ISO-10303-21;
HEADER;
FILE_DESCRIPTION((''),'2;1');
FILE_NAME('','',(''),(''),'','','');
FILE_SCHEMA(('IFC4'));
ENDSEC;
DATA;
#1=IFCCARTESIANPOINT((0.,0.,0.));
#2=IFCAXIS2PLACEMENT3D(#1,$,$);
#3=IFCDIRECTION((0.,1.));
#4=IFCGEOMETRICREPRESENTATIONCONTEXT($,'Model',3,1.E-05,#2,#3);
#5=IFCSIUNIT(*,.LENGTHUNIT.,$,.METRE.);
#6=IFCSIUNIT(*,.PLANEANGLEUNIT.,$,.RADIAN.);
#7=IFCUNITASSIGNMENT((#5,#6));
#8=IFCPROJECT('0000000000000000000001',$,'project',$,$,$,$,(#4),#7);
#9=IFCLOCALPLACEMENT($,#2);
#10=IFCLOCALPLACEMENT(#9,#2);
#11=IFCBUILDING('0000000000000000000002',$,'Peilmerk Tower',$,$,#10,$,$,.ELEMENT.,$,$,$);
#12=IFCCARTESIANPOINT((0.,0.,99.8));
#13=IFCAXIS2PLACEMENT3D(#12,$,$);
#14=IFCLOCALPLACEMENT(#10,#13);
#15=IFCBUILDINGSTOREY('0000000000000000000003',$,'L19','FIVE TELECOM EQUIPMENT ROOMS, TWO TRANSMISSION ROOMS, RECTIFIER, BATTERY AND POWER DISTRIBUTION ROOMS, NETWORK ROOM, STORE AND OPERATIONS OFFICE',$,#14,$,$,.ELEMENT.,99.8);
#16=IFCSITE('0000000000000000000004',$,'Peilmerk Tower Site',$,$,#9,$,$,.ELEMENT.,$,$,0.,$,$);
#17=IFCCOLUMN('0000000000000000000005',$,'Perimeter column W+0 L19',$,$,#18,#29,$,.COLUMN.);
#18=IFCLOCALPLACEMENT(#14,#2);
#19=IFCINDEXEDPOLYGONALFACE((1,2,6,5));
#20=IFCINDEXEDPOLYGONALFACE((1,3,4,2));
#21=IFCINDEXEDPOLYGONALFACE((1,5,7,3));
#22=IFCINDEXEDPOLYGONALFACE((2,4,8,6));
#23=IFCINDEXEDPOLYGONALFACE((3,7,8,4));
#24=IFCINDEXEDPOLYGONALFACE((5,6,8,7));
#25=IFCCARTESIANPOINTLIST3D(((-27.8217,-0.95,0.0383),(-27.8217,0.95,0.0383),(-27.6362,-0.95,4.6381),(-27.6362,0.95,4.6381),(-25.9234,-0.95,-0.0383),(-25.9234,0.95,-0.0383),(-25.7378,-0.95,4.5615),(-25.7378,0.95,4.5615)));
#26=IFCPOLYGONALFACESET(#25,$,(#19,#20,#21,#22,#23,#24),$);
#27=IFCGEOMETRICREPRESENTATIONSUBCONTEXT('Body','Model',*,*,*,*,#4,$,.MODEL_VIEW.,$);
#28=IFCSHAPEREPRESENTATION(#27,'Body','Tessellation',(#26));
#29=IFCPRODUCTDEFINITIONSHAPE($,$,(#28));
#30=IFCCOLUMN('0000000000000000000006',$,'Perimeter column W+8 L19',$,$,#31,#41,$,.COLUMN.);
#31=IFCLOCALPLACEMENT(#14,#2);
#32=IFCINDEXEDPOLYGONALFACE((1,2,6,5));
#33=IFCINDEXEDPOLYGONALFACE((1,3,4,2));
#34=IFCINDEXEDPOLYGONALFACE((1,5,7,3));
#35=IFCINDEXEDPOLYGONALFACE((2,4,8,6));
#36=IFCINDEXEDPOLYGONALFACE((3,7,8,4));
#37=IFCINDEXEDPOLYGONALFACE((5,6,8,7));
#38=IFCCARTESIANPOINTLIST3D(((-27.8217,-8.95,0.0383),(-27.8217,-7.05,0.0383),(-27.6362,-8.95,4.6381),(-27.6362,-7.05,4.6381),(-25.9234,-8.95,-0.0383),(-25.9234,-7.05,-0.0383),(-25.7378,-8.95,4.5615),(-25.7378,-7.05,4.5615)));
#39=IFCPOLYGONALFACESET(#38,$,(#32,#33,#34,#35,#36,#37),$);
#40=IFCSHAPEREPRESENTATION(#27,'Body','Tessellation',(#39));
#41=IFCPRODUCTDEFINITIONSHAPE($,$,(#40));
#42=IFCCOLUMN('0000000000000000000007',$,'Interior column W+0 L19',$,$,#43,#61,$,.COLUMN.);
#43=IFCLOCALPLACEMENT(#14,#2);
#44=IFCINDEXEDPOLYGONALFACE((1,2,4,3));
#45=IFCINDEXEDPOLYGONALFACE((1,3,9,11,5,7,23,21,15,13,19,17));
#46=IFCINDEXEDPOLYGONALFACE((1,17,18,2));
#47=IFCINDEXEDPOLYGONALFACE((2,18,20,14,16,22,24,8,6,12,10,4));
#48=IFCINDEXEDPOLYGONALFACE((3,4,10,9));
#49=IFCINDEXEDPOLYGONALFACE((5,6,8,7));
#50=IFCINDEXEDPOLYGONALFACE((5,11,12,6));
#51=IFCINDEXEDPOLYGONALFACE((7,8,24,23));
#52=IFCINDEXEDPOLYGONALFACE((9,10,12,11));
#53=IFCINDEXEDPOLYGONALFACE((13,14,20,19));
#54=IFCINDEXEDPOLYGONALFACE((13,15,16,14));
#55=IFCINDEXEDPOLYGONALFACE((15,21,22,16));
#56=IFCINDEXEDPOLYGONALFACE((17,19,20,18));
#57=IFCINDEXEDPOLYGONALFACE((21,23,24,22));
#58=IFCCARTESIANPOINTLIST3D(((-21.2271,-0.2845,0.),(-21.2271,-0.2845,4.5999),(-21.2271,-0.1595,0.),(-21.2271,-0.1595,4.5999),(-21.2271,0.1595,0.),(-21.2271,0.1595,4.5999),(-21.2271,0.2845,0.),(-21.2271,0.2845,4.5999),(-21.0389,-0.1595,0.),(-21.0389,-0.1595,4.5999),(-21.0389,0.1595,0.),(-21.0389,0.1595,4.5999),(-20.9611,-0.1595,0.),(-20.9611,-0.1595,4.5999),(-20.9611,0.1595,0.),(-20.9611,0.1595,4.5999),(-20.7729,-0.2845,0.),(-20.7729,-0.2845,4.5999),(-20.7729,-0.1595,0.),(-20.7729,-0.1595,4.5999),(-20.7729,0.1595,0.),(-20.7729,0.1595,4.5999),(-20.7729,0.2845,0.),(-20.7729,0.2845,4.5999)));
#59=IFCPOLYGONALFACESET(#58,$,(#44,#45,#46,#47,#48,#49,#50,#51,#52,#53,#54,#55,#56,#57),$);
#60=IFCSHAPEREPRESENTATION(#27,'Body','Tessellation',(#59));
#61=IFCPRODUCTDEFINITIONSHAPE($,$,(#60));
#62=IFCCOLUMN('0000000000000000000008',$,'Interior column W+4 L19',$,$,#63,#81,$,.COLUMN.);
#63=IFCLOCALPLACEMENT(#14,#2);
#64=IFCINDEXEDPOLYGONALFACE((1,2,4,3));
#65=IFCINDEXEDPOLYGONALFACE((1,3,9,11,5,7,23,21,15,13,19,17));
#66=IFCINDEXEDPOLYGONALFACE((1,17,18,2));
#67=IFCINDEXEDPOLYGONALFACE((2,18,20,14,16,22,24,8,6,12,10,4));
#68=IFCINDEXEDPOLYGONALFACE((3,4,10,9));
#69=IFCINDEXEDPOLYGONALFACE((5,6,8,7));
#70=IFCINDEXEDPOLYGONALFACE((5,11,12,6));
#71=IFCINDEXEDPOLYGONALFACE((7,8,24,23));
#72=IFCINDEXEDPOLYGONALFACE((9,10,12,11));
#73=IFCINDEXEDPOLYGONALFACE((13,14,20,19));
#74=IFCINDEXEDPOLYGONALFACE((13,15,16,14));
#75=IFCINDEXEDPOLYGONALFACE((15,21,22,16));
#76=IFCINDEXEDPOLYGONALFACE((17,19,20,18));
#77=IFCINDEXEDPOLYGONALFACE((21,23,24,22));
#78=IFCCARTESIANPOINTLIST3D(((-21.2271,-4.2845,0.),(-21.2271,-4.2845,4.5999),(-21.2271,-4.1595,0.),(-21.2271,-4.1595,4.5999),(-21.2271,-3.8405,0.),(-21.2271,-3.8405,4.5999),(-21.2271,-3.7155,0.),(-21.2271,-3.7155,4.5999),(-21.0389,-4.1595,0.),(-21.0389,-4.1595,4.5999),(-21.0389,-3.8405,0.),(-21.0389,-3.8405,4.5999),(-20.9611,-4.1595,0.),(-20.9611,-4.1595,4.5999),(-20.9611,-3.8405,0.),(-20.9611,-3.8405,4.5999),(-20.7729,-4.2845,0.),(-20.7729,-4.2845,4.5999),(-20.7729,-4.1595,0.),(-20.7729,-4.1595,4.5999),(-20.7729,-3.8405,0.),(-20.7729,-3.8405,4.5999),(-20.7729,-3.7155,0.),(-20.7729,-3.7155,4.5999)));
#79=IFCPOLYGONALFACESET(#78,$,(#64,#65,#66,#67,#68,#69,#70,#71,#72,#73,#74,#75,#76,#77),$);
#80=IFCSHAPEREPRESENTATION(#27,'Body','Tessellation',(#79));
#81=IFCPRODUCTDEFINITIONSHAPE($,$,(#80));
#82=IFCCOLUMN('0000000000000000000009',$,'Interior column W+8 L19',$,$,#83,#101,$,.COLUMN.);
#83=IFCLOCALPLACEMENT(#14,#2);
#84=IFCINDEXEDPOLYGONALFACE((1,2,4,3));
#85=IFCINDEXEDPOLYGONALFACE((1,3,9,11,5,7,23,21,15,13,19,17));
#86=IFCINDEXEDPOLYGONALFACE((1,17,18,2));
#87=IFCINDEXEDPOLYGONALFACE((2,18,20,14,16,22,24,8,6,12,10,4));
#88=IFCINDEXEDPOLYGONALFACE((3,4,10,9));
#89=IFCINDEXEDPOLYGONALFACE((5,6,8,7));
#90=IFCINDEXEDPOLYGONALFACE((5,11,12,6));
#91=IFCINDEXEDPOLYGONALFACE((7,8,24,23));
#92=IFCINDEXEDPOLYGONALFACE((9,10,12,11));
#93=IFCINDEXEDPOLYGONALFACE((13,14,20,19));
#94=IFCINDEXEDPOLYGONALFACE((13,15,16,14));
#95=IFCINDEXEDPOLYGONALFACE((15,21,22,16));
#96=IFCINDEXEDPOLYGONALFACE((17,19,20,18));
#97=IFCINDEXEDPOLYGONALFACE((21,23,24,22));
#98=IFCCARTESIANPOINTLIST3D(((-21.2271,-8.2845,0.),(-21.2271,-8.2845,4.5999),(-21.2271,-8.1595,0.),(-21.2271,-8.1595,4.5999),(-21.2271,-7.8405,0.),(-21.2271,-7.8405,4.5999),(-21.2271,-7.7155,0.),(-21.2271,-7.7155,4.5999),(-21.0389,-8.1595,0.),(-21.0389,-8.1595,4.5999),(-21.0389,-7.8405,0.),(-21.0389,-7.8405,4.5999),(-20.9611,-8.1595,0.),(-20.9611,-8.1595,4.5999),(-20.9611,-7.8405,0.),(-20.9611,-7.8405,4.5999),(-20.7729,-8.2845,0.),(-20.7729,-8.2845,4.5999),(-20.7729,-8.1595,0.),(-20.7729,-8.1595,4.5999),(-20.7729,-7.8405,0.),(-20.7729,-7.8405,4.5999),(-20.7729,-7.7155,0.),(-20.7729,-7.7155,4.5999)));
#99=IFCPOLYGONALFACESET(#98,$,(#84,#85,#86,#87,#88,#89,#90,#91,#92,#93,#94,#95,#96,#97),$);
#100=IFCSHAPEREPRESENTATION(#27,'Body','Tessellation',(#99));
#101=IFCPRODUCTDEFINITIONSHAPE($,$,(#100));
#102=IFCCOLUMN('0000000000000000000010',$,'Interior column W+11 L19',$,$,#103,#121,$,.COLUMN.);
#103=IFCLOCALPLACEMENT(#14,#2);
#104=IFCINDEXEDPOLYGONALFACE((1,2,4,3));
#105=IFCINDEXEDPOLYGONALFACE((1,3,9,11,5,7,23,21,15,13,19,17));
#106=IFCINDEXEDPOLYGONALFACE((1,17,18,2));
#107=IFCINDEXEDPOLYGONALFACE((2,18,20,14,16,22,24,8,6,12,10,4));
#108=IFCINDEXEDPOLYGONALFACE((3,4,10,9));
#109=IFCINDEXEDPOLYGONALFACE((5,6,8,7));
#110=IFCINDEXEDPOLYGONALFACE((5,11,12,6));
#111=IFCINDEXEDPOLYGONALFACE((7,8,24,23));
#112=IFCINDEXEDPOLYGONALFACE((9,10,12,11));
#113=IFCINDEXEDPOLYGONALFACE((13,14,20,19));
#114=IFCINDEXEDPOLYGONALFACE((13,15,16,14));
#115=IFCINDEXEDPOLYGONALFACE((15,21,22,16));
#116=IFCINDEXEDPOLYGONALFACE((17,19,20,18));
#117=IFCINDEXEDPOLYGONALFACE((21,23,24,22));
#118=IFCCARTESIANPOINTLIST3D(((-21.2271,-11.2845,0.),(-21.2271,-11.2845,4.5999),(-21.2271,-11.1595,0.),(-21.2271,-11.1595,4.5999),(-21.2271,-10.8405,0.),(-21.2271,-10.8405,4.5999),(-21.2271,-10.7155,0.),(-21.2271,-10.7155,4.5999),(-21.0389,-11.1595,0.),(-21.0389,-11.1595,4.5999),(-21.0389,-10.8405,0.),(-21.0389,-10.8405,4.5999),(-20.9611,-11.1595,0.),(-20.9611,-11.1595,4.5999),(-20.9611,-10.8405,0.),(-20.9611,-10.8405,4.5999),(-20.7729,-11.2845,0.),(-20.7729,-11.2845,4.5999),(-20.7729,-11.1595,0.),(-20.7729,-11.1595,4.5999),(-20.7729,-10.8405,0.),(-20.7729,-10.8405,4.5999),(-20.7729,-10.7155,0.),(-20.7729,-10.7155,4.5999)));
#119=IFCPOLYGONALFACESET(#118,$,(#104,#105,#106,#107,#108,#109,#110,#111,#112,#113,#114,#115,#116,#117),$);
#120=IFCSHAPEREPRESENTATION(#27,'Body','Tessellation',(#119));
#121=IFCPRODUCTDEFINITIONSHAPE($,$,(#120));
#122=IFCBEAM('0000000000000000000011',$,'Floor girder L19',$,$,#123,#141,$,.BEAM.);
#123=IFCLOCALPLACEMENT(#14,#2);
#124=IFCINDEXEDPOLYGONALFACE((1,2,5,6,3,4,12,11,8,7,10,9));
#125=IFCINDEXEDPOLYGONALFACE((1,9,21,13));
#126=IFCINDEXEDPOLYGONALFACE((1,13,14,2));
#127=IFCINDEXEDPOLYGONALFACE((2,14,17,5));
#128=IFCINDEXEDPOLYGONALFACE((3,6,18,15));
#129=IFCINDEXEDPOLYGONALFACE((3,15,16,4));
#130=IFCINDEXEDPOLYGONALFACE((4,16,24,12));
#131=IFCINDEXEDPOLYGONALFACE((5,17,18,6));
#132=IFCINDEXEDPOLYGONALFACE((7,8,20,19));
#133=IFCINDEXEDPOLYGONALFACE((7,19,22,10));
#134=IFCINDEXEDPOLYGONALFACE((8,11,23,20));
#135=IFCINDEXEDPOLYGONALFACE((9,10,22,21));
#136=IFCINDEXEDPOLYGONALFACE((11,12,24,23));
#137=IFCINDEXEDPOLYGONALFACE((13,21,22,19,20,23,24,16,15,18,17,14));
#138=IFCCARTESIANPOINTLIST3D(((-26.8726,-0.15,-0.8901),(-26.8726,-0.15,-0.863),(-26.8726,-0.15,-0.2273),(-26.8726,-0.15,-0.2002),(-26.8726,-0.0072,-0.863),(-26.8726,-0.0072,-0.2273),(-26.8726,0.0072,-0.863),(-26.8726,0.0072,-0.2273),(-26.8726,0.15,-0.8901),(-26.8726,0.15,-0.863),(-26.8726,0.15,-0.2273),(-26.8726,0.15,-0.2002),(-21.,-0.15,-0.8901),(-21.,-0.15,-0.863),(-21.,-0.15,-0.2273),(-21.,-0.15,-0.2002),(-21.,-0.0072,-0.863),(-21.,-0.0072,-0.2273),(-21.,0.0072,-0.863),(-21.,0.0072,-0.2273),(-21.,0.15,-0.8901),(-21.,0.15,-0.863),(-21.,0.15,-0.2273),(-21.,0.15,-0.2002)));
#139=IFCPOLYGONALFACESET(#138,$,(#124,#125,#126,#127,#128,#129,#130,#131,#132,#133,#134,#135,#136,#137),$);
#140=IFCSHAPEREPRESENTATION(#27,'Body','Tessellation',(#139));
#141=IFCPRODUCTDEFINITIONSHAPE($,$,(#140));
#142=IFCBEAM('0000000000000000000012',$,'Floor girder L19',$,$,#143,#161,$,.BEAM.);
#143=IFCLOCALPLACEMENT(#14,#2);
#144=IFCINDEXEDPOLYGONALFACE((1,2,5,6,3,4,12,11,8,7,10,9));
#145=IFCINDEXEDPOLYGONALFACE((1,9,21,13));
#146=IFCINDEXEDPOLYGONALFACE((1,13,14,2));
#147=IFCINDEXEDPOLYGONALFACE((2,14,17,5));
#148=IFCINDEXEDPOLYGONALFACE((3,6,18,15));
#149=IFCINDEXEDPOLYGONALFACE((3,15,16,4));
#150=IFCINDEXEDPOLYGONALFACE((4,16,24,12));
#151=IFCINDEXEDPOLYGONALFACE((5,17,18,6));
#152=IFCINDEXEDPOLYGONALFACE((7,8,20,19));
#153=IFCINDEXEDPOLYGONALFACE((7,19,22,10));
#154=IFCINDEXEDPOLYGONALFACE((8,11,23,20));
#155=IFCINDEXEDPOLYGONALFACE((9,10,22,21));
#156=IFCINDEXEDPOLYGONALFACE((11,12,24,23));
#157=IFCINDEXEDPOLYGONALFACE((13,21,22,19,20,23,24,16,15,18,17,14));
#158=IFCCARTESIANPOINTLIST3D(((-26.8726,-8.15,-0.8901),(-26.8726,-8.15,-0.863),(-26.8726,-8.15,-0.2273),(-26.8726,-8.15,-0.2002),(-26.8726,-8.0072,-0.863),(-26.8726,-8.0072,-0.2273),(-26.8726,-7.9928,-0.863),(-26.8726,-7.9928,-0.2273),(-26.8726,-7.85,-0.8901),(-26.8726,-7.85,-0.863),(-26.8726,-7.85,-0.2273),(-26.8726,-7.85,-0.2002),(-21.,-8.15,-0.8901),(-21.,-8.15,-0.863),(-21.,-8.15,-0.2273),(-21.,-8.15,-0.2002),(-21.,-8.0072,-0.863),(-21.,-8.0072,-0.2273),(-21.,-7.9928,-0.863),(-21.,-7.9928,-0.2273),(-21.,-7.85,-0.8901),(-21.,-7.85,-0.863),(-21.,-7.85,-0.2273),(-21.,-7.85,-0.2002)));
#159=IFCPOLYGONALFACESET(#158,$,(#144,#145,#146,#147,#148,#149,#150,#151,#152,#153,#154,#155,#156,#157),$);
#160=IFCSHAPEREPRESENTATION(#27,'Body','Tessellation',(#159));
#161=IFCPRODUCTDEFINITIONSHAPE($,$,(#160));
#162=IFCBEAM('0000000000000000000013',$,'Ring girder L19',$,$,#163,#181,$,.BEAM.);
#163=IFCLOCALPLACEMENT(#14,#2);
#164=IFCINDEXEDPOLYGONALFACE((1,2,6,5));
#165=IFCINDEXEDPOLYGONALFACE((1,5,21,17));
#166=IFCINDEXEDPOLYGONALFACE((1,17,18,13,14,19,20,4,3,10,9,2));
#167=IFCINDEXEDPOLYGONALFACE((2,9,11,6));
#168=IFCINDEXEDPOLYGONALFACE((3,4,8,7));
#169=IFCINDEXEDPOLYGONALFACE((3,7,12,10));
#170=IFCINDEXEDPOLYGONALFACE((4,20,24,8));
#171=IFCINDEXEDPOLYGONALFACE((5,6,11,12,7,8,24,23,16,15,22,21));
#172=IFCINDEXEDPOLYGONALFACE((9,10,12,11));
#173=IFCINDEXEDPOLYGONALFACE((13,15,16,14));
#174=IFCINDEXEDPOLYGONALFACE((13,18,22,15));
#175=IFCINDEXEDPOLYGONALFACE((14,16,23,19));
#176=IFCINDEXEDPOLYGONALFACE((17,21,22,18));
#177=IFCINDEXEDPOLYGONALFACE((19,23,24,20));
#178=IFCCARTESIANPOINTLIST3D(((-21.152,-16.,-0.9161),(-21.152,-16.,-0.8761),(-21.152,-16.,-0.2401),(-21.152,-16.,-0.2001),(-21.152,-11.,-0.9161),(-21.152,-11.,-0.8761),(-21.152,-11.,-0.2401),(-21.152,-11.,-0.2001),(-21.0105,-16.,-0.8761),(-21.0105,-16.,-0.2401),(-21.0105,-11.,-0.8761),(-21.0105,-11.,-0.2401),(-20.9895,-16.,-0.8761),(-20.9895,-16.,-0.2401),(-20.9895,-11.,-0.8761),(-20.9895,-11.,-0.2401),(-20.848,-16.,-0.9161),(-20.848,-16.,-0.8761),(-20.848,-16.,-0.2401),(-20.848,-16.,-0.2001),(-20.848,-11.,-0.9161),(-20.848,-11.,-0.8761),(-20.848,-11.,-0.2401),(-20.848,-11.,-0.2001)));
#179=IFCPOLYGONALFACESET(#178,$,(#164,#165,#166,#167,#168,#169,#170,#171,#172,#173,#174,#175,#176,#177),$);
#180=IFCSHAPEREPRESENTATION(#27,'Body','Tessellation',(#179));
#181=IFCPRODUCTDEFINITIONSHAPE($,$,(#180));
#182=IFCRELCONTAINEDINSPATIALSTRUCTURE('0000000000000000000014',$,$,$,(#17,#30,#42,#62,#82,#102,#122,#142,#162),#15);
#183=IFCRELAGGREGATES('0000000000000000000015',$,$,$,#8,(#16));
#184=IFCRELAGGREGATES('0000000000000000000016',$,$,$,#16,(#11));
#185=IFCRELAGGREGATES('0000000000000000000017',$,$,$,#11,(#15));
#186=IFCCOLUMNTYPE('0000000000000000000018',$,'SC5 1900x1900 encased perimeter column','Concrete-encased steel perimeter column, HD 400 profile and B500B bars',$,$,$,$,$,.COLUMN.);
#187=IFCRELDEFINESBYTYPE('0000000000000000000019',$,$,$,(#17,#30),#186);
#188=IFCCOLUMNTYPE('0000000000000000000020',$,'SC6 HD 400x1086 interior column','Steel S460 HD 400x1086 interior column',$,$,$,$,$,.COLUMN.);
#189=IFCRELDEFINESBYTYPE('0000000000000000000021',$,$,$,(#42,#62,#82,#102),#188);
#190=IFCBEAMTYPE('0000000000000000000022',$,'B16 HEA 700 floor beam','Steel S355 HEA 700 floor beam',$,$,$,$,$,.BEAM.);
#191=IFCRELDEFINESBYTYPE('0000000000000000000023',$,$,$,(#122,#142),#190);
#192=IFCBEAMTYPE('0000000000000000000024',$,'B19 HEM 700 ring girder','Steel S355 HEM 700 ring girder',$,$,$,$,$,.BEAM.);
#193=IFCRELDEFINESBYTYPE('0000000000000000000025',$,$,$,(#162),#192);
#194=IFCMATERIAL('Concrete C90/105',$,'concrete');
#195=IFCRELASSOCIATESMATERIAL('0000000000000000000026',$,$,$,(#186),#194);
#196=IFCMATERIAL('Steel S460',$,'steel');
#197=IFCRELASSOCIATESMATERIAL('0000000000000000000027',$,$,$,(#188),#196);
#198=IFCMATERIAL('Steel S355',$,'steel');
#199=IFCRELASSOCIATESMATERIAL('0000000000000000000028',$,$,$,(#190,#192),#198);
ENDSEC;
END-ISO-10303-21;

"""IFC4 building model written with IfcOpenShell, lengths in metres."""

from ifc_helpers import new_model, si_unit, direction, frame, origin, origin_2d, place, context, subcontext, project, spatial, rectangle, i_section, extrude, material, material_profile, profile_set, type_object, element, save


model = new_model("IFC4")

# Units and contexts
model_context = context("Model", 3, precision=1e-05, world=origin(), true_north=direction((0.0, 1.0)))
body_context = subcontext(model_context, "Body", "Model", "MODEL_VIEW")
ifc_project = project(units=[si_unit("LENGTHUNIT", "METRE"), si_unit("PLANEANGLEUNIT", "RADIAN")], contexts=[model_context])

# Site, building, storey
site_placement = place(None, origin())
site = spatial("IfcSite", under=ifc_project, at=site_placement, Name="Peilmerk Tower Site", CompositionType="ELEMENT", RefElevation=0.0)
building_placement = place(site_placement, origin())
building = spatial("IfcBuilding", under=site, at=building_placement, Name="Peilmerk Tower", CompositionType="ELEMENT")
storey_placement = place(building_placement, frame((0.0, 0.0, 99.8)))
storey = spatial("IfcBuildingStorey", under=building, at=storey_placement, Name="L19", Description="FIVE TELECOM EQUIPMENT ROOMS, TWO TRANSMISSION ROOMS, RECTIFIER, BATTERY AND POWER DISTRIBUTION ROOMS, NETWORK ROOM, STORE AND OPERATIONS OFFICE", CompositionType="ELEMENT", Elevation=99.8)

# Columns
ifc_material_1 = material(Name="Concrete C90/105", Category="concrete")
ifc_material_profile_1 = material_profile(ifc_material_1, rectangle(XDim=1.8999, YDim=1.8999, at=origin_2d()), Name="RC 1900x1900")
ifc_profile_set_1 = profile_set([ifc_material_profile_1], Name="Concrete C90/105")
column_type_1 = type_object("IfcColumnType", Name="SC5 1900x1900 encased perimeter column", Description="Concrete-encased steel perimeter column, HD 400 profile and B500B bars", PredefinedType="COLUMN", material=ifc_profile_set_1)
for number, where, z_axis, x_axis, name in (
    (1, (-26.8726, 0.0, 0.0), (0.040305, 0.0, 0.999187), (0.0, 1.0, 0.0), "Perimeter column W+0 L19"),
    (2, (-26.8726, -8.0, 0.0), (0.040305, 0.0, 0.999187), (0.0, 1.0, 0.0), "Perimeter column W+8 L19"),
):
    element("IfcColumn", number, at=place(storey_placement, frame(where, z_axis=z_axis, x_axis=x_axis)), inside=storey, type_object=column_type_1, Name=name, PredefinedType="COLUMN", context=body_context, shape_type="SweptSolid", body=[
        extrude(rectangle(XDim=1.8999, YDim=1.8999, at=origin_2d()), origin(), (0.0, 0.0, 1.0), 4.6035),
    ])
ifc_material_2 = material(Name="Steel S460", Category="steel")
ifc_material_profile_2 = material_profile(ifc_material_2, i_section(OverallWidth=0.4541, OverallDepth=0.5691, WebThickness=0.0779, FlangeThickness=0.125, at=origin_2d()), Name="HD 400x1086")
ifc_profile_set_2 = profile_set([ifc_material_profile_2], Name="Steel S460")
column_type_2 = type_object("IfcColumnType", Name="SC6 HD 400x1086 interior column", Description="Steel S460 HD 400x1086 interior column", PredefinedType="COLUMN", material=ifc_profile_set_2)
for number, where, z_axis, x_axis, name in (
    (3, (-21.0, 0.0, 0.0), (0.0, 0.0, 1.0), (1.0, 0.0, 0.0), "Interior column W+0 L19"),
    (4, (-21.0, -4.0, 0.0), (0.0, 0.0, 1.0), (1.0, 0.0, 0.0), "Interior column W+4 L19"),
    (5, (-21.0, -8.0, 0.0), (0.0, 0.0, 1.0), (1.0, 0.0, 0.0), "Interior column W+8 L19"),
    (6, (-21.0, -11.0, 0.0), (0.0, 0.0, 1.0), (1.0, 0.0, 0.0), "Interior column W+11 L19"),
):
    element("IfcColumn", number, at=place(storey_placement, frame(where, z_axis=z_axis, x_axis=x_axis)), inside=storey, type_object=column_type_2, Name=name, PredefinedType="COLUMN", context=body_context, shape_type="SweptSolid", body=[
        extrude(i_section(OverallWidth=0.4541, OverallDepth=0.5691, WebThickness=0.0779, FlangeThickness=0.125, at=origin_2d()), origin(), (0.0, 0.0, 1.0), 4.5999),
    ])

# Beams
ifc_material_3 = material(Name="Steel S355", Category="steel")
ifc_material_profile_3 = material_profile(ifc_material_3, i_section(OverallWidth=0.3, OverallDepth=0.6899, WebThickness=0.0144, FlangeThickness=0.0271, at=origin_2d()), Name="HEA 700")
ifc_profile_set_3 = profile_set([ifc_material_profile_3], Name="Steel S355")
beam_type_1 = type_object("IfcBeamType", Name="B16 HEA 700 floor beam", Description="Steel S355 HEA 700 floor beam", PredefinedType="BEAM", material=ifc_profile_set_3)
for number, where, z_axis, x_axis, name in (
    (7, (-21.0, 0.0, -0.5452), (-1.0, 0.0, 0.0), (0.0, -1.0, 0.0), "Floor girder L19"),
    (8, (-21.0, -8.0, -0.5452), (-1.0, 0.0, 0.0), (0.0, -1.0, 0.0), "Floor girder L19"),
):
    element("IfcBeam", number, at=place(storey_placement, frame(where, z_axis=z_axis, x_axis=x_axis)), inside=storey, type_object=beam_type_1, Name=name, PredefinedType="BEAM", context=body_context, shape_type="SweptSolid", body=[
        extrude(i_section(OverallWidth=0.3, OverallDepth=0.6899, WebThickness=0.0144, FlangeThickness=0.0271, at=origin_2d()), origin(), (0.0, 0.0, 1.0), 5.8726),
    ])
ifc_material_profile_4 = material_profile(ifc_material_3, i_section(OverallWidth=0.304, OverallDepth=0.7161, WebThickness=0.021, FlangeThickness=0.04, at=origin_2d()), Name="HEM 700")
ifc_profile_set_4 = profile_set([ifc_material_profile_4], Name="Steel S355")
beam_type_2 = type_object("IfcBeamType", Name="B19 HEM 700 ring girder", Description="Steel S355 HEM 700 ring girder", PredefinedType="BEAM", material=ifc_profile_set_4)
beam_1_placement = place(storey_placement, frame((-21.0, -11.0, -0.5581), z_axis=(0.0, -1.0, 0.0), x_axis=(1.0, 0.0, 0.0)))
element("IfcBeam", 9, at=beam_1_placement, inside=storey, type_object=beam_type_2, Name="Ring girder L19", PredefinedType="BEAM", context=body_context, shape_type="SweptSolid", body=[
    extrude(i_section(OverallWidth=0.304, OverallDepth=0.7161, WebThickness=0.021, FlangeThickness=0.04, at=origin_2d()), origin(), (0.0, 0.0, 1.0), 5.0),
])

save(model, "model.ifc")
